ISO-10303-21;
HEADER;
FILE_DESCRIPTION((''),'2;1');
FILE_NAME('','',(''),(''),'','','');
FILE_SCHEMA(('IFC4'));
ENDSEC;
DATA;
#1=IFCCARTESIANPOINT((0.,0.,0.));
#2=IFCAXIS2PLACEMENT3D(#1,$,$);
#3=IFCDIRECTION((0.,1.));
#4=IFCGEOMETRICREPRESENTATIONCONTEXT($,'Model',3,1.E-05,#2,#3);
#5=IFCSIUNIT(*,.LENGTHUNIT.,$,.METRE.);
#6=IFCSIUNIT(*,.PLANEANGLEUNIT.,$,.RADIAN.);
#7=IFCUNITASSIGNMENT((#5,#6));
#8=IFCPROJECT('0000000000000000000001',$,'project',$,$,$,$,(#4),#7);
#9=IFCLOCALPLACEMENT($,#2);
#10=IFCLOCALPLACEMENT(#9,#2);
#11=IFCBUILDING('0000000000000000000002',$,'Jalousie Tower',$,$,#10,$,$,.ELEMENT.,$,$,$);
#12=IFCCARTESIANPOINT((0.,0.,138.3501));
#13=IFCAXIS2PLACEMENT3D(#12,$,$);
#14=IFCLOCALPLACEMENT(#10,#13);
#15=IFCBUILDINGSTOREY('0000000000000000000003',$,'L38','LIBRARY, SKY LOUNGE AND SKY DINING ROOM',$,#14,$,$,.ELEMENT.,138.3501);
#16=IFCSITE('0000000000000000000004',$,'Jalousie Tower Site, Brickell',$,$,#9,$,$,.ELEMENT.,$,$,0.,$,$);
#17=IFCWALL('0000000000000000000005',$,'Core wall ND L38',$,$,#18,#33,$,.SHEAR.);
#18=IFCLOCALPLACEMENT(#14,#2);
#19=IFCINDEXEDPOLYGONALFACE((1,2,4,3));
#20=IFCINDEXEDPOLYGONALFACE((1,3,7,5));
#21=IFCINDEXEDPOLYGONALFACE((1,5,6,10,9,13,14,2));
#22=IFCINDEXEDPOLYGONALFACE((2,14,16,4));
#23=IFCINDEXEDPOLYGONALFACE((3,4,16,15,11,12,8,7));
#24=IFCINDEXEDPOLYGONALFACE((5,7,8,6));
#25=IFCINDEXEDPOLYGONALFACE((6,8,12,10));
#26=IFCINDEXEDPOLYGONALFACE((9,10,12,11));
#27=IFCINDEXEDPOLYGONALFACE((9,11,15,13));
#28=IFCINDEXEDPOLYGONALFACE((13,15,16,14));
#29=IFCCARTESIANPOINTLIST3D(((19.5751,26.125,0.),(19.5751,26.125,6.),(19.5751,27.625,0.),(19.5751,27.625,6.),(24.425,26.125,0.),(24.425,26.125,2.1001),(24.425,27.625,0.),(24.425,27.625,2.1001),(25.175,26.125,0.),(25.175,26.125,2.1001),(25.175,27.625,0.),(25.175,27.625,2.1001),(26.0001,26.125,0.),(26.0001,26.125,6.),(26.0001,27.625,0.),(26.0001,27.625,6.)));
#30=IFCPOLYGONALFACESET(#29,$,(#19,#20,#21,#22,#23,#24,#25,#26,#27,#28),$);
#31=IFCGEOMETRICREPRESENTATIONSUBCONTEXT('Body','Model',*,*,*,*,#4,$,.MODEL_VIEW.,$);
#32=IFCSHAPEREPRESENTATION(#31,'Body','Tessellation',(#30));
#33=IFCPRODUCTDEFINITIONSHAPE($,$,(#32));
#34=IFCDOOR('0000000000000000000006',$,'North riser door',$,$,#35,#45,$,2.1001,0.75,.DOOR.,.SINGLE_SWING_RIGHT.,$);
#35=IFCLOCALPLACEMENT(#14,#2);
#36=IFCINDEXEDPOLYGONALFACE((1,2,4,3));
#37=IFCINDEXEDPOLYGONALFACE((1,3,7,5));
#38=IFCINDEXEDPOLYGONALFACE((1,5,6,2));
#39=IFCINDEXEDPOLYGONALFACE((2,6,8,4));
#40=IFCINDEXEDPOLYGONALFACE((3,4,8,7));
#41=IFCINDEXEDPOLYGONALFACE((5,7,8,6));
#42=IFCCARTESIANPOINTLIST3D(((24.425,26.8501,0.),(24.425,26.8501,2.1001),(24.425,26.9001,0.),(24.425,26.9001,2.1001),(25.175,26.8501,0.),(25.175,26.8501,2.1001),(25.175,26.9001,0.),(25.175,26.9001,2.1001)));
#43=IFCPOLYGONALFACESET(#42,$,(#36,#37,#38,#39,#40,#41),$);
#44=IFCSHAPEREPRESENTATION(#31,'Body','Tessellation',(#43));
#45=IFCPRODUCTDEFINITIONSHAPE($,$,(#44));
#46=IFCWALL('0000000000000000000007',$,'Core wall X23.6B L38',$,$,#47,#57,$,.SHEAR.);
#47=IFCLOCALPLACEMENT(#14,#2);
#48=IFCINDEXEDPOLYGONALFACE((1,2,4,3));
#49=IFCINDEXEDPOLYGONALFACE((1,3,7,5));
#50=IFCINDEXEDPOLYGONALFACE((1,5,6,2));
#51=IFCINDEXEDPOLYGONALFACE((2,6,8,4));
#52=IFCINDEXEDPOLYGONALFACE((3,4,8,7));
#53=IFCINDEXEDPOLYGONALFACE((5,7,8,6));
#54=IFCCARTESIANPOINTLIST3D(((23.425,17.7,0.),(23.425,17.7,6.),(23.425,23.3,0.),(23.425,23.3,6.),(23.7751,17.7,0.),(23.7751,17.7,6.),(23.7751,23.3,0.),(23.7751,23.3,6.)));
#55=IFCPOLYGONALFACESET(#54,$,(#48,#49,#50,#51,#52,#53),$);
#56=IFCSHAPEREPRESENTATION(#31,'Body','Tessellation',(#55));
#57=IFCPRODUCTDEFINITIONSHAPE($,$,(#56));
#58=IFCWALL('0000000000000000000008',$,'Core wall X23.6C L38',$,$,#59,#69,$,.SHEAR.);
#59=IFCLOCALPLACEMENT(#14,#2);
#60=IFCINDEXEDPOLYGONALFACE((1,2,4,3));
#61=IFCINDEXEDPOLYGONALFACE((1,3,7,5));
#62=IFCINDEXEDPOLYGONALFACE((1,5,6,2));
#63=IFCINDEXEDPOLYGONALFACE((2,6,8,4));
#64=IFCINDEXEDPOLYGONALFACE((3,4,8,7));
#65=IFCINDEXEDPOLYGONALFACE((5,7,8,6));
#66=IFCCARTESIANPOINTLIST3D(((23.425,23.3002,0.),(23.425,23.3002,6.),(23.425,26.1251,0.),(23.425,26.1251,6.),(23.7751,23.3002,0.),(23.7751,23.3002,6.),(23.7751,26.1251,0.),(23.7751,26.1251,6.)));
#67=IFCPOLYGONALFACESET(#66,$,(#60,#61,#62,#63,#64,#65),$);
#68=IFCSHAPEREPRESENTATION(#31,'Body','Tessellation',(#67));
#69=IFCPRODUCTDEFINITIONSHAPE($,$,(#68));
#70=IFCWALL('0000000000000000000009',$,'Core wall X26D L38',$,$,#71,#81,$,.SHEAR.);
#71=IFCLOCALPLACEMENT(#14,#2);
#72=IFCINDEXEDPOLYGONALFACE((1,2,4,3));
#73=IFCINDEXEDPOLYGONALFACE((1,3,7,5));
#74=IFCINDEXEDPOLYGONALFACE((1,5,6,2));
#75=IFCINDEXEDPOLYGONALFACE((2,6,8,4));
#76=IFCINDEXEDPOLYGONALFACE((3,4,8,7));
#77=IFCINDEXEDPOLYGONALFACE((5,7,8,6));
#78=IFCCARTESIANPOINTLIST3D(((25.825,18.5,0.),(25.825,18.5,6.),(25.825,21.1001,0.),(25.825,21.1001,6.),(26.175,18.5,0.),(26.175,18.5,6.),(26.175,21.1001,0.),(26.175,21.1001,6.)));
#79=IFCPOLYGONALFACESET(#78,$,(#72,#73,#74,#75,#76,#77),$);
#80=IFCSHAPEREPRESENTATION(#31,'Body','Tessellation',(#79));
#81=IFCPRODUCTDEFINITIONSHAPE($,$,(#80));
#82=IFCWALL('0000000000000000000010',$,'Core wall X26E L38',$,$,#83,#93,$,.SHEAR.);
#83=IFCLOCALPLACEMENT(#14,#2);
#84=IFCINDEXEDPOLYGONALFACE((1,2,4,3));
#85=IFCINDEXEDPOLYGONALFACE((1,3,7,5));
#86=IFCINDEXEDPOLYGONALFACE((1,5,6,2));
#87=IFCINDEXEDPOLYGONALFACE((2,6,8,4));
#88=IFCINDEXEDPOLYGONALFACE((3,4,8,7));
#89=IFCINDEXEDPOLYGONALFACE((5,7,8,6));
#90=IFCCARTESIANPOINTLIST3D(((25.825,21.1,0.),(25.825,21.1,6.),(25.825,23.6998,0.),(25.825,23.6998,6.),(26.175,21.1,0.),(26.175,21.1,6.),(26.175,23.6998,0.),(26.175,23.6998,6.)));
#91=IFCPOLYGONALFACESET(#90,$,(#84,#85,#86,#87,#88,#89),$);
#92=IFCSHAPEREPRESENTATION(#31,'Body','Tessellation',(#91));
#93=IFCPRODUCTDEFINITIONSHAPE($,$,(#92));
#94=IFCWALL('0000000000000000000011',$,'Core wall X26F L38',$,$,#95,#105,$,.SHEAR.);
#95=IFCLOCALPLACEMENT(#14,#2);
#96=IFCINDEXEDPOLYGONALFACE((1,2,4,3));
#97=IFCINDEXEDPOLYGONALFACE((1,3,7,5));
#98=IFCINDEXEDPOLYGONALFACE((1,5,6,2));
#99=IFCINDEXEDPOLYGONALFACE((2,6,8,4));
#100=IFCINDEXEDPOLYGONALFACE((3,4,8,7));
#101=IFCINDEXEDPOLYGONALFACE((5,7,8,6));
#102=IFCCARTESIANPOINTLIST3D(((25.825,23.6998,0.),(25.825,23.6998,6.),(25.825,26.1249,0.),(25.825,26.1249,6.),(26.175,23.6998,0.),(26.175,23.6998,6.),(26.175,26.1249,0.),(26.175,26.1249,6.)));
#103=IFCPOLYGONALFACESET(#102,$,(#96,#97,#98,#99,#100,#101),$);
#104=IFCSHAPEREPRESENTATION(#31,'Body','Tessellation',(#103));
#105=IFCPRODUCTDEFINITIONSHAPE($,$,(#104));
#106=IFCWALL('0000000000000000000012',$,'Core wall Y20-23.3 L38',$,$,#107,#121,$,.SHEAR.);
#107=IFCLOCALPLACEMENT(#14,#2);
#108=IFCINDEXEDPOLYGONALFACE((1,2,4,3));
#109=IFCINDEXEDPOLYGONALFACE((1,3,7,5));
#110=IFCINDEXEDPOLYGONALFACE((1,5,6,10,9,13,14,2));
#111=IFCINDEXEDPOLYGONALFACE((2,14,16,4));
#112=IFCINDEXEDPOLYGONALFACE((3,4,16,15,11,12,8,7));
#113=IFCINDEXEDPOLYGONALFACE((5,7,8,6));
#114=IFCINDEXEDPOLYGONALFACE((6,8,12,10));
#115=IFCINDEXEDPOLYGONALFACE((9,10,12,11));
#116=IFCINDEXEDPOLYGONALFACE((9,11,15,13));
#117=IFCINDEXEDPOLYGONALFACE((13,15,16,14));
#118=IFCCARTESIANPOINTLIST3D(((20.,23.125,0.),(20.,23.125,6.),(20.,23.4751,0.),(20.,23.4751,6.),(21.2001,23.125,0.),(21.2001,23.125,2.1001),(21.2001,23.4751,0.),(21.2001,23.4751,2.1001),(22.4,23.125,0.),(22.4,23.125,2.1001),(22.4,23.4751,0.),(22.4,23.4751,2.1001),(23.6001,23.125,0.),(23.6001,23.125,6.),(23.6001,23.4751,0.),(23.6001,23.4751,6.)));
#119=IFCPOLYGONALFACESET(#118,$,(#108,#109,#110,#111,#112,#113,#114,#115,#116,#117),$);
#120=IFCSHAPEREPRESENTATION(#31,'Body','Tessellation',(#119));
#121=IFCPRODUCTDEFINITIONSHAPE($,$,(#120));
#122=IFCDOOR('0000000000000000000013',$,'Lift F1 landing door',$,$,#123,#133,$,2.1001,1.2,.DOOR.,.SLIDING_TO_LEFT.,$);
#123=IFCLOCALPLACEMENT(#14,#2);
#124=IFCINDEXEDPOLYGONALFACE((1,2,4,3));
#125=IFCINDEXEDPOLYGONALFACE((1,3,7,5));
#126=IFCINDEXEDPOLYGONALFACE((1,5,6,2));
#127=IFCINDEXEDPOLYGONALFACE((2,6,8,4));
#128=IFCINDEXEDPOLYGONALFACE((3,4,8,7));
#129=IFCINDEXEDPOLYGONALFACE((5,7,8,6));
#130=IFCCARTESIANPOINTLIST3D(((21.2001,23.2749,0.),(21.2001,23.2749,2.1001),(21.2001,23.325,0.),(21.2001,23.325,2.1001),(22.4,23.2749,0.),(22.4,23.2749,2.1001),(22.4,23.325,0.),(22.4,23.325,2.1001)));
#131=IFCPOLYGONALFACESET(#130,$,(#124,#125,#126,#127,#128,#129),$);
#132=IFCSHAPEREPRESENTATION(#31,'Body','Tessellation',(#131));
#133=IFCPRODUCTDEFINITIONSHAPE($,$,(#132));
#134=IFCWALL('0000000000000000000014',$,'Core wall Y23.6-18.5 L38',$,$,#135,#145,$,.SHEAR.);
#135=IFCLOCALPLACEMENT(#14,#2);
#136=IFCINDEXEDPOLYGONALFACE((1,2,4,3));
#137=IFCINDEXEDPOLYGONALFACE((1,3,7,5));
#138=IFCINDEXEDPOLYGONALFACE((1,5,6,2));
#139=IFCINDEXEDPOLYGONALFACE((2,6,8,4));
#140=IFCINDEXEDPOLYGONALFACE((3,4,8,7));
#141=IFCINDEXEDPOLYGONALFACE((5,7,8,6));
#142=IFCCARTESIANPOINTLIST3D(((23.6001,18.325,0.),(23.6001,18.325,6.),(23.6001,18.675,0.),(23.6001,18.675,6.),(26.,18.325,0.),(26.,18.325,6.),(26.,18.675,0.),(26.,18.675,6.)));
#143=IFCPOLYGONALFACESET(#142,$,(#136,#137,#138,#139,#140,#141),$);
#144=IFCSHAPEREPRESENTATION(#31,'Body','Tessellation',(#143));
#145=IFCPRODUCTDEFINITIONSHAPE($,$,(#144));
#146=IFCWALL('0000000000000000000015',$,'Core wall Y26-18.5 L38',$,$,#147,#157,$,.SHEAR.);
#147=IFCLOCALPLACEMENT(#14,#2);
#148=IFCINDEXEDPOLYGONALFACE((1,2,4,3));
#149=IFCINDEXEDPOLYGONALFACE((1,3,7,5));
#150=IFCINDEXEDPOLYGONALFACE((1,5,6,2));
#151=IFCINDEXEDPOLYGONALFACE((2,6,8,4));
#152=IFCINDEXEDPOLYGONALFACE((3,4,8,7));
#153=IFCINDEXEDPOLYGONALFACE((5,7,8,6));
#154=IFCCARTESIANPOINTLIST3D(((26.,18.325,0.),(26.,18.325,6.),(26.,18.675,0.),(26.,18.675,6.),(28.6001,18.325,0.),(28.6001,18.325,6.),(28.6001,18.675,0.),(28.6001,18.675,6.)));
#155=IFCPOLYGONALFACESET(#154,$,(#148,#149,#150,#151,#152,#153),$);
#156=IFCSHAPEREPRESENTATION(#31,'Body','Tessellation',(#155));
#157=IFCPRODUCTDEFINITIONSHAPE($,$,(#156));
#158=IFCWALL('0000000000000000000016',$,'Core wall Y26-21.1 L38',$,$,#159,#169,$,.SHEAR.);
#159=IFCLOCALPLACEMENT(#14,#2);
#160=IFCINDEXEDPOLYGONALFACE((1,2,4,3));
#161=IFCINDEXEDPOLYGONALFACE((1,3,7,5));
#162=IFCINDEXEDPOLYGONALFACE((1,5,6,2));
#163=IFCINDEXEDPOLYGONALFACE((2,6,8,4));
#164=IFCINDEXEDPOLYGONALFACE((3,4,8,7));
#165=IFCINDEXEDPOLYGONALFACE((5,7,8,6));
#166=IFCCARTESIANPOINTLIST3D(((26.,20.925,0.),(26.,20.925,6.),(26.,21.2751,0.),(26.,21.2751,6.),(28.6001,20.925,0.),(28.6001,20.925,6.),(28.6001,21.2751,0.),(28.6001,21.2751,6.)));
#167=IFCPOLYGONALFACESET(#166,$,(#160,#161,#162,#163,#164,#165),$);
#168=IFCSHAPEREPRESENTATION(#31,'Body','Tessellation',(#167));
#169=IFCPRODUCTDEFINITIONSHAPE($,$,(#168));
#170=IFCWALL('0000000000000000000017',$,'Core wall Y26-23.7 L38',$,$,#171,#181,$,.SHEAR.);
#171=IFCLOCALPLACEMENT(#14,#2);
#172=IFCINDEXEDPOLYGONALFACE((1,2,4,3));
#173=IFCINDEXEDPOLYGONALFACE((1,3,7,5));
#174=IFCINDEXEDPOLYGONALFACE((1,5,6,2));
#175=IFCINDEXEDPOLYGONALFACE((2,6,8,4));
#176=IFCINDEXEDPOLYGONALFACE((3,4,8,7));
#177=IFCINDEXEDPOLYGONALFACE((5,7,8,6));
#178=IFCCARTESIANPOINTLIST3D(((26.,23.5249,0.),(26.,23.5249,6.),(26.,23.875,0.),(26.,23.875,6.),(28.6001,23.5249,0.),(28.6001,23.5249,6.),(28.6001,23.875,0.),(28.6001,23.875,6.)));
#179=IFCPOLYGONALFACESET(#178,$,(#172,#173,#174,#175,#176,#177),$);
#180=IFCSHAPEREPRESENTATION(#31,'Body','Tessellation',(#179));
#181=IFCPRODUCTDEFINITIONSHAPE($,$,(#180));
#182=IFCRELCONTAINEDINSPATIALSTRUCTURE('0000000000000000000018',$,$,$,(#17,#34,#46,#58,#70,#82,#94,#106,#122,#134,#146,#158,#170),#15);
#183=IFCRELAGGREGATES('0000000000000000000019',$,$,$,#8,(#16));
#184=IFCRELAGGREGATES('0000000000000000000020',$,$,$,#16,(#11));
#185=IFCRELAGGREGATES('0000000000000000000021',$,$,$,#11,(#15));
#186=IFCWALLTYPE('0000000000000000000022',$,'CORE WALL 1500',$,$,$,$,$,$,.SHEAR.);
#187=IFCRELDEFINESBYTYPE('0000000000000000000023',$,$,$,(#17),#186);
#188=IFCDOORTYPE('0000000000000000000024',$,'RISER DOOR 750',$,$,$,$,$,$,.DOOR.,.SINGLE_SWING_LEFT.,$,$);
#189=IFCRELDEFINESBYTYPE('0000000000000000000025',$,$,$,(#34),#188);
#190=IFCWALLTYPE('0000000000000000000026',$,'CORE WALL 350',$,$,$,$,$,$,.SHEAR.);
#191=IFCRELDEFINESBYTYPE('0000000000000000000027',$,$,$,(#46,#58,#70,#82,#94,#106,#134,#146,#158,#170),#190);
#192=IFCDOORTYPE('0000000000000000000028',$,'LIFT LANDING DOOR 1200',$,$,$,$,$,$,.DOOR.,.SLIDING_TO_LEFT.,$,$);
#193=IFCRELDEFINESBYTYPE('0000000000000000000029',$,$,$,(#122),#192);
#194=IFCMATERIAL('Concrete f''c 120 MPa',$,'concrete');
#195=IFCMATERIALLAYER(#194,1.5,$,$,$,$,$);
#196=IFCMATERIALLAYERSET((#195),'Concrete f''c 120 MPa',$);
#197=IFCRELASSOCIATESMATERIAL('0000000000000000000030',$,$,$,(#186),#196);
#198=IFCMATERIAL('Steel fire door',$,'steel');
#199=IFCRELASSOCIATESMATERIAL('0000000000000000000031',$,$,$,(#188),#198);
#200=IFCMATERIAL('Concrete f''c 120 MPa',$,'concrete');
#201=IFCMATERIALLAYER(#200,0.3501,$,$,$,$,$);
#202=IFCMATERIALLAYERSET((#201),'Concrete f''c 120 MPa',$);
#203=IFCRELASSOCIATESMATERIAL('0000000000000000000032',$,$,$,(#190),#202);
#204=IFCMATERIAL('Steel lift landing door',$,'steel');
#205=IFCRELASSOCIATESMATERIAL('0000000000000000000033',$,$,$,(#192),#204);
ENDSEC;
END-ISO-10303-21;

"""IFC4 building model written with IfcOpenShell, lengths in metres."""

from ifc_helpers import new_model, si_unit, direction, frame, frame_2d, origin, place, context, subcontext, project, spatial, rectangle, extrude, material, layer, layer_set, type_object, element, fill, save


model = new_model("IFC4")

# Units and contexts
model_context = context("Model", 3, precision=1e-05, world=origin(), true_north=direction((0.0, 1.0)))
body_context = subcontext(model_context, "Body", "Model", "MODEL_VIEW")
ifc_project = project(units=[si_unit("LENGTHUNIT", "METRE"), si_unit("PLANEANGLEUNIT", "RADIAN")], contexts=[model_context])

# Site, building, storey
site_placement = place(None, origin())
site = spatial("IfcSite", under=ifc_project, at=site_placement, Name="Jalousie Tower Site, Brickell", CompositionType="ELEMENT", RefElevation=0.0)
building_placement = place(site_placement, origin())
building = spatial("IfcBuilding", under=site, at=building_placement, Name="Jalousie Tower", CompositionType="ELEMENT")
storey_placement = place(building_placement, frame((0.0, 0.0, 138.3501)))
storey = spatial("IfcBuildingStorey", under=building, at=storey_placement, Name="L38", Description="LIBRARY, SKY LOUNGE AND SKY DINING ROOM", CompositionType="ELEMENT", Elevation=138.3501)

# Wall, opening, door
ifc_material_1 = material(Name="Concrete f'c 120 MPa", Category="concrete")
ifc_layer_1 = layer(ifc_material_1, 1.5)
ifc_layer_set_1 = layer_set([ifc_layer_1], Name="Concrete f'c 120 MPa")
wall_type_1 = type_object("IfcWallType", Name="CORE WALL 1500", PredefinedType="SHEAR", material=ifc_layer_set_1)
wall_1_placement = place(storey_placement, frame((26.0, 26.875, 0.0), z_axis=(0.0, 0.0, 1.0), x_axis=(-1.0, 0.0, 0.0)))
wall_1 = element("IfcWall", 1, at=wall_1_placement, inside=storey, type_object=wall_type_1, Name="Core wall ND L38", PredefinedType="SHEAR", context=body_context, shape_type="SweptSolid", body=[
    extrude(rectangle(XDim=6.425, YDim=1.5, at=frame_2d((3.2124, 0.0))), origin(), (0.0, 0.0, 1.0), 6.0),
])
opening_1_placement = place(wall_1_placement, frame((0.825, 0.0, 0.0)))
opening_1 = element("IfcOpeningElement", 2, at=opening_1_placement, cuts=wall_1, PredefinedType="OPENING", context=body_context, shape_type="SweptSolid", body=[
    extrude(rectangle(XDim=0.75, YDim=2.1001, at=frame_2d((0.375, 1.05))), frame((0.0, 0.76, 0.0), z_axis=(0.0, -1.0, 0.0), x_axis=(1.0, 0.0, 0.0)), (0.0, 0.0, 1.0), 1.52),
])
ifc_material_2 = material(Name="Steel fire door", Category="steel")
door_type_1 = type_object("IfcDoorType", Name="RISER DOOR 750", OperationType="SINGLE_SWING_LEFT", PredefinedType="DOOR", material=ifc_material_2)
door_1_placement = place(opening_1_placement, origin())
door_1 = element("IfcDoor", 3, at=door_1_placement, inside=storey, type_object=door_type_1, Name="North riser door", OperationType="SINGLE_SWING_RIGHT", OverallHeight=2.1001, OverallWidth=0.75, PredefinedType="DOOR", context=body_context, shape_type="SweptSolid", body=[
    extrude(rectangle(XDim=0.75, YDim=2.1001, at=frame_2d((0.375, 1.05))), frame((0.0, 0.0249, 0.0), z_axis=(0.0, -1.0, 0.0), x_axis=(1.0, 0.0, 0.0)), (0.0, 0.0, 1.0), 0.05),
])
fill(opening_1, door_1)

# Walls
ifc_material_3 = material(Name="Concrete f'c 120 MPa", Category="concrete")
ifc_layer_2 = layer(ifc_material_3, 0.3501)
ifc_layer_set_2 = layer_set([ifc_layer_2], Name="Concrete f'c 120 MPa")
wall_type_2 = type_object("IfcWallType", Name="CORE WALL 350", PredefinedType="SHEAR", material=ifc_layer_set_2)
wall_2_placement = place(storey_placement, frame((23.6001, 17.7, 0.0), z_axis=(0.0, 0.0, 1.0), x_axis=(0.0, 1.0, 0.0)))
element("IfcWall", 4, at=wall_2_placement, inside=storey, type_object=wall_type_2, Name="Core wall X23.6B L38", PredefinedType="SHEAR", context=body_context, shape_type="SweptSolid", body=[
    extrude(rectangle(XDim=5.6001, YDim=0.3501, at=frame_2d((2.8, 0.0))), origin(), (0.0, 0.0, 1.0), 6.0),
])
wall_3_placement = place(storey_placement, frame((23.6001, 23.3, 0.0), z_axis=(0.0, 0.0, 1.0), x_axis=(0.0, 1.0, 0.0)))
element("IfcWall", 5, at=wall_3_placement, inside=storey, type_object=wall_type_2, Name="Core wall X23.6C L38", PredefinedType="SHEAR", context=body_context, shape_type="SweptSolid", body=[
    extrude(rectangle(XDim=2.825, YDim=0.3501, at=frame_2d((1.4126, 0.0))), origin(), (0.0, 0.0, 1.0), 6.0),
])
wall_4_placement = place(storey_placement, frame((26.0, 18.5, 0.0), z_axis=(0.0, 0.0, 1.0), x_axis=(0.0, 1.0, 0.0)))
element("IfcWall", 6, at=wall_4_placement, inside=storey, type_object=wall_type_2, Name="Core wall X26D L38", PredefinedType="SHEAR", context=body_context, shape_type="SweptSolid", body=[
    extrude(rectangle(XDim=2.6001, YDim=0.3501, at=frame_2d((1.3, 0.0))), origin(), (0.0, 0.0, 1.0), 6.0),
])
wall_5_placement = place(storey_placement, frame((26.0, 21.1001, 0.0), z_axis=(0.0, 0.0, 1.0), x_axis=(0.0, 1.0, 0.0)))
element("IfcWall", 7, at=wall_5_placement, inside=storey, type_object=wall_type_2, Name="Core wall X26E L38", PredefinedType="SHEAR", context=body_context, shape_type="SweptSolid", body=[
    extrude(rectangle(XDim=2.5999, YDim=0.3501, at=frame_2d((1.2998, 0.0))), origin(), (0.0, 0.0, 1.0), 6.0),
])
wall_6_placement = place(storey_placement, frame((26.0, 23.7, 0.0), z_axis=(0.0, 0.0, 1.0), x_axis=(0.0, 1.0, 0.0)))
element("IfcWall", 8, at=wall_6_placement, inside=storey, type_object=wall_type_2, Name="Core wall X26F L38", PredefinedType="SHEAR", context=body_context, shape_type="SweptSolid", body=[
    extrude(rectangle(XDim=2.425, YDim=0.3501, at=frame_2d((1.2124, 0.0))), origin(), (0.0, 0.0, 1.0), 6.0),
])

# Wall, opening, door
wall_7_placement = place(storey_placement, frame((20.0, 23.3, 0.0), z_axis=(0.0, 0.0, 1.0), x_axis=(1.0, 0.0, 0.0)))
wall_7 = element("IfcWall", 9, at=wall_7_placement, inside=storey, type_object=wall_type_2, Name="Core wall Y20-23.3 L38", PredefinedType="SHEAR", context=body_context, shape_type="SweptSolid", body=[
    extrude(rectangle(XDim=3.6001, YDim=0.3501, at=frame_2d((1.8, 0.0))), origin(), (0.0, 0.0, 1.0), 6.0),
])
opening_2_placement = place(wall_7_placement, frame((1.2, 0.0, 0.0)))
opening_2 = element("IfcOpeningElement", 10, at=opening_2_placement, cuts=wall_7, PredefinedType="OPENING", context=body_context, shape_type="SweptSolid", body=[
    extrude(rectangle(XDim=1.2, YDim=2.1001, at=frame_2d((0.6001, 1.05))), frame((0.0, 0.1851, 0.0), z_axis=(0.0, -1.0, 0.0), x_axis=(1.0, 0.0, 0.0)), (0.0, 0.0, 1.0), 0.3701),
])
ifc_material_4 = material(Name="Steel lift landing door", Category="steel")
door_type_2 = type_object("IfcDoorType", Name="LIFT LANDING DOOR 1200", OperationType="SLIDING_TO_LEFT", PredefinedType="DOOR", material=ifc_material_4)
door_2_placement = place(opening_2_placement, origin())
door_2 = element("IfcDoor", 11, at=door_2_placement, inside=storey, type_object=door_type_2, Name="Lift F1 landing door", OperationType="SLIDING_TO_LEFT", OverallHeight=2.1001, OverallWidth=1.2, PredefinedType="DOOR", context=body_context, shape_type="SweptSolid", body=[
    extrude(rectangle(XDim=1.2, YDim=2.1001, at=frame_2d((0.6001, 1.05))), frame((0.0, 0.0249, 0.0), z_axis=(0.0, -1.0, 0.0), x_axis=(1.0, 0.0, 0.0)), (0.0, 0.0, 1.0), 0.05),
])
fill(opening_2, door_2)

# Walls
wall_8_placement = place(storey_placement, frame((23.6001, 18.5, 0.0), z_axis=(0.0, 0.0, 1.0), x_axis=(1.0, 0.0, 0.0)))
element("IfcWall", 12, at=wall_8_placement, inside=storey, type_object=wall_type_2, Name="Core wall Y23.6-18.5 L38", PredefinedType="SHEAR", context=body_context, shape_type="SweptSolid", body=[
    extrude(rectangle(XDim=2.3999, YDim=0.3501, at=frame_2d((1.2, 0.0))), origin(), (0.0, 0.0, 1.0), 6.0),
])
for number, where, z_axis, x_axis, name in (
    (13, (26.0, 18.5, 0.0), (0.0, 0.0, 1.0), (1.0, 0.0, 0.0), "Core wall Y26-18.5 L38"),
    (14, (26.0, 21.1001, 0.0), (0.0, 0.0, 1.0), (1.0, 0.0, 0.0), "Core wall Y26-21.1 L38"),
    (15, (26.0, 23.7, 0.0), (0.0, 0.0, 1.0), (1.0, 0.0, 0.0), "Core wall Y26-23.7 L38"),
):
    element("IfcWall", number, at=place(storey_placement, frame(where, z_axis=z_axis, x_axis=x_axis)), inside=storey, type_object=wall_type_2, Name=name, PredefinedType="SHEAR", context=body_context, shape_type="SweptSolid", body=[
        extrude(rectangle(XDim=2.6001, YDim=0.3501, at=frame_2d((1.3, 0.0))), origin(), (0.0, 0.0, 1.0), 6.0),
    ])

save(model, "model.ifc")
